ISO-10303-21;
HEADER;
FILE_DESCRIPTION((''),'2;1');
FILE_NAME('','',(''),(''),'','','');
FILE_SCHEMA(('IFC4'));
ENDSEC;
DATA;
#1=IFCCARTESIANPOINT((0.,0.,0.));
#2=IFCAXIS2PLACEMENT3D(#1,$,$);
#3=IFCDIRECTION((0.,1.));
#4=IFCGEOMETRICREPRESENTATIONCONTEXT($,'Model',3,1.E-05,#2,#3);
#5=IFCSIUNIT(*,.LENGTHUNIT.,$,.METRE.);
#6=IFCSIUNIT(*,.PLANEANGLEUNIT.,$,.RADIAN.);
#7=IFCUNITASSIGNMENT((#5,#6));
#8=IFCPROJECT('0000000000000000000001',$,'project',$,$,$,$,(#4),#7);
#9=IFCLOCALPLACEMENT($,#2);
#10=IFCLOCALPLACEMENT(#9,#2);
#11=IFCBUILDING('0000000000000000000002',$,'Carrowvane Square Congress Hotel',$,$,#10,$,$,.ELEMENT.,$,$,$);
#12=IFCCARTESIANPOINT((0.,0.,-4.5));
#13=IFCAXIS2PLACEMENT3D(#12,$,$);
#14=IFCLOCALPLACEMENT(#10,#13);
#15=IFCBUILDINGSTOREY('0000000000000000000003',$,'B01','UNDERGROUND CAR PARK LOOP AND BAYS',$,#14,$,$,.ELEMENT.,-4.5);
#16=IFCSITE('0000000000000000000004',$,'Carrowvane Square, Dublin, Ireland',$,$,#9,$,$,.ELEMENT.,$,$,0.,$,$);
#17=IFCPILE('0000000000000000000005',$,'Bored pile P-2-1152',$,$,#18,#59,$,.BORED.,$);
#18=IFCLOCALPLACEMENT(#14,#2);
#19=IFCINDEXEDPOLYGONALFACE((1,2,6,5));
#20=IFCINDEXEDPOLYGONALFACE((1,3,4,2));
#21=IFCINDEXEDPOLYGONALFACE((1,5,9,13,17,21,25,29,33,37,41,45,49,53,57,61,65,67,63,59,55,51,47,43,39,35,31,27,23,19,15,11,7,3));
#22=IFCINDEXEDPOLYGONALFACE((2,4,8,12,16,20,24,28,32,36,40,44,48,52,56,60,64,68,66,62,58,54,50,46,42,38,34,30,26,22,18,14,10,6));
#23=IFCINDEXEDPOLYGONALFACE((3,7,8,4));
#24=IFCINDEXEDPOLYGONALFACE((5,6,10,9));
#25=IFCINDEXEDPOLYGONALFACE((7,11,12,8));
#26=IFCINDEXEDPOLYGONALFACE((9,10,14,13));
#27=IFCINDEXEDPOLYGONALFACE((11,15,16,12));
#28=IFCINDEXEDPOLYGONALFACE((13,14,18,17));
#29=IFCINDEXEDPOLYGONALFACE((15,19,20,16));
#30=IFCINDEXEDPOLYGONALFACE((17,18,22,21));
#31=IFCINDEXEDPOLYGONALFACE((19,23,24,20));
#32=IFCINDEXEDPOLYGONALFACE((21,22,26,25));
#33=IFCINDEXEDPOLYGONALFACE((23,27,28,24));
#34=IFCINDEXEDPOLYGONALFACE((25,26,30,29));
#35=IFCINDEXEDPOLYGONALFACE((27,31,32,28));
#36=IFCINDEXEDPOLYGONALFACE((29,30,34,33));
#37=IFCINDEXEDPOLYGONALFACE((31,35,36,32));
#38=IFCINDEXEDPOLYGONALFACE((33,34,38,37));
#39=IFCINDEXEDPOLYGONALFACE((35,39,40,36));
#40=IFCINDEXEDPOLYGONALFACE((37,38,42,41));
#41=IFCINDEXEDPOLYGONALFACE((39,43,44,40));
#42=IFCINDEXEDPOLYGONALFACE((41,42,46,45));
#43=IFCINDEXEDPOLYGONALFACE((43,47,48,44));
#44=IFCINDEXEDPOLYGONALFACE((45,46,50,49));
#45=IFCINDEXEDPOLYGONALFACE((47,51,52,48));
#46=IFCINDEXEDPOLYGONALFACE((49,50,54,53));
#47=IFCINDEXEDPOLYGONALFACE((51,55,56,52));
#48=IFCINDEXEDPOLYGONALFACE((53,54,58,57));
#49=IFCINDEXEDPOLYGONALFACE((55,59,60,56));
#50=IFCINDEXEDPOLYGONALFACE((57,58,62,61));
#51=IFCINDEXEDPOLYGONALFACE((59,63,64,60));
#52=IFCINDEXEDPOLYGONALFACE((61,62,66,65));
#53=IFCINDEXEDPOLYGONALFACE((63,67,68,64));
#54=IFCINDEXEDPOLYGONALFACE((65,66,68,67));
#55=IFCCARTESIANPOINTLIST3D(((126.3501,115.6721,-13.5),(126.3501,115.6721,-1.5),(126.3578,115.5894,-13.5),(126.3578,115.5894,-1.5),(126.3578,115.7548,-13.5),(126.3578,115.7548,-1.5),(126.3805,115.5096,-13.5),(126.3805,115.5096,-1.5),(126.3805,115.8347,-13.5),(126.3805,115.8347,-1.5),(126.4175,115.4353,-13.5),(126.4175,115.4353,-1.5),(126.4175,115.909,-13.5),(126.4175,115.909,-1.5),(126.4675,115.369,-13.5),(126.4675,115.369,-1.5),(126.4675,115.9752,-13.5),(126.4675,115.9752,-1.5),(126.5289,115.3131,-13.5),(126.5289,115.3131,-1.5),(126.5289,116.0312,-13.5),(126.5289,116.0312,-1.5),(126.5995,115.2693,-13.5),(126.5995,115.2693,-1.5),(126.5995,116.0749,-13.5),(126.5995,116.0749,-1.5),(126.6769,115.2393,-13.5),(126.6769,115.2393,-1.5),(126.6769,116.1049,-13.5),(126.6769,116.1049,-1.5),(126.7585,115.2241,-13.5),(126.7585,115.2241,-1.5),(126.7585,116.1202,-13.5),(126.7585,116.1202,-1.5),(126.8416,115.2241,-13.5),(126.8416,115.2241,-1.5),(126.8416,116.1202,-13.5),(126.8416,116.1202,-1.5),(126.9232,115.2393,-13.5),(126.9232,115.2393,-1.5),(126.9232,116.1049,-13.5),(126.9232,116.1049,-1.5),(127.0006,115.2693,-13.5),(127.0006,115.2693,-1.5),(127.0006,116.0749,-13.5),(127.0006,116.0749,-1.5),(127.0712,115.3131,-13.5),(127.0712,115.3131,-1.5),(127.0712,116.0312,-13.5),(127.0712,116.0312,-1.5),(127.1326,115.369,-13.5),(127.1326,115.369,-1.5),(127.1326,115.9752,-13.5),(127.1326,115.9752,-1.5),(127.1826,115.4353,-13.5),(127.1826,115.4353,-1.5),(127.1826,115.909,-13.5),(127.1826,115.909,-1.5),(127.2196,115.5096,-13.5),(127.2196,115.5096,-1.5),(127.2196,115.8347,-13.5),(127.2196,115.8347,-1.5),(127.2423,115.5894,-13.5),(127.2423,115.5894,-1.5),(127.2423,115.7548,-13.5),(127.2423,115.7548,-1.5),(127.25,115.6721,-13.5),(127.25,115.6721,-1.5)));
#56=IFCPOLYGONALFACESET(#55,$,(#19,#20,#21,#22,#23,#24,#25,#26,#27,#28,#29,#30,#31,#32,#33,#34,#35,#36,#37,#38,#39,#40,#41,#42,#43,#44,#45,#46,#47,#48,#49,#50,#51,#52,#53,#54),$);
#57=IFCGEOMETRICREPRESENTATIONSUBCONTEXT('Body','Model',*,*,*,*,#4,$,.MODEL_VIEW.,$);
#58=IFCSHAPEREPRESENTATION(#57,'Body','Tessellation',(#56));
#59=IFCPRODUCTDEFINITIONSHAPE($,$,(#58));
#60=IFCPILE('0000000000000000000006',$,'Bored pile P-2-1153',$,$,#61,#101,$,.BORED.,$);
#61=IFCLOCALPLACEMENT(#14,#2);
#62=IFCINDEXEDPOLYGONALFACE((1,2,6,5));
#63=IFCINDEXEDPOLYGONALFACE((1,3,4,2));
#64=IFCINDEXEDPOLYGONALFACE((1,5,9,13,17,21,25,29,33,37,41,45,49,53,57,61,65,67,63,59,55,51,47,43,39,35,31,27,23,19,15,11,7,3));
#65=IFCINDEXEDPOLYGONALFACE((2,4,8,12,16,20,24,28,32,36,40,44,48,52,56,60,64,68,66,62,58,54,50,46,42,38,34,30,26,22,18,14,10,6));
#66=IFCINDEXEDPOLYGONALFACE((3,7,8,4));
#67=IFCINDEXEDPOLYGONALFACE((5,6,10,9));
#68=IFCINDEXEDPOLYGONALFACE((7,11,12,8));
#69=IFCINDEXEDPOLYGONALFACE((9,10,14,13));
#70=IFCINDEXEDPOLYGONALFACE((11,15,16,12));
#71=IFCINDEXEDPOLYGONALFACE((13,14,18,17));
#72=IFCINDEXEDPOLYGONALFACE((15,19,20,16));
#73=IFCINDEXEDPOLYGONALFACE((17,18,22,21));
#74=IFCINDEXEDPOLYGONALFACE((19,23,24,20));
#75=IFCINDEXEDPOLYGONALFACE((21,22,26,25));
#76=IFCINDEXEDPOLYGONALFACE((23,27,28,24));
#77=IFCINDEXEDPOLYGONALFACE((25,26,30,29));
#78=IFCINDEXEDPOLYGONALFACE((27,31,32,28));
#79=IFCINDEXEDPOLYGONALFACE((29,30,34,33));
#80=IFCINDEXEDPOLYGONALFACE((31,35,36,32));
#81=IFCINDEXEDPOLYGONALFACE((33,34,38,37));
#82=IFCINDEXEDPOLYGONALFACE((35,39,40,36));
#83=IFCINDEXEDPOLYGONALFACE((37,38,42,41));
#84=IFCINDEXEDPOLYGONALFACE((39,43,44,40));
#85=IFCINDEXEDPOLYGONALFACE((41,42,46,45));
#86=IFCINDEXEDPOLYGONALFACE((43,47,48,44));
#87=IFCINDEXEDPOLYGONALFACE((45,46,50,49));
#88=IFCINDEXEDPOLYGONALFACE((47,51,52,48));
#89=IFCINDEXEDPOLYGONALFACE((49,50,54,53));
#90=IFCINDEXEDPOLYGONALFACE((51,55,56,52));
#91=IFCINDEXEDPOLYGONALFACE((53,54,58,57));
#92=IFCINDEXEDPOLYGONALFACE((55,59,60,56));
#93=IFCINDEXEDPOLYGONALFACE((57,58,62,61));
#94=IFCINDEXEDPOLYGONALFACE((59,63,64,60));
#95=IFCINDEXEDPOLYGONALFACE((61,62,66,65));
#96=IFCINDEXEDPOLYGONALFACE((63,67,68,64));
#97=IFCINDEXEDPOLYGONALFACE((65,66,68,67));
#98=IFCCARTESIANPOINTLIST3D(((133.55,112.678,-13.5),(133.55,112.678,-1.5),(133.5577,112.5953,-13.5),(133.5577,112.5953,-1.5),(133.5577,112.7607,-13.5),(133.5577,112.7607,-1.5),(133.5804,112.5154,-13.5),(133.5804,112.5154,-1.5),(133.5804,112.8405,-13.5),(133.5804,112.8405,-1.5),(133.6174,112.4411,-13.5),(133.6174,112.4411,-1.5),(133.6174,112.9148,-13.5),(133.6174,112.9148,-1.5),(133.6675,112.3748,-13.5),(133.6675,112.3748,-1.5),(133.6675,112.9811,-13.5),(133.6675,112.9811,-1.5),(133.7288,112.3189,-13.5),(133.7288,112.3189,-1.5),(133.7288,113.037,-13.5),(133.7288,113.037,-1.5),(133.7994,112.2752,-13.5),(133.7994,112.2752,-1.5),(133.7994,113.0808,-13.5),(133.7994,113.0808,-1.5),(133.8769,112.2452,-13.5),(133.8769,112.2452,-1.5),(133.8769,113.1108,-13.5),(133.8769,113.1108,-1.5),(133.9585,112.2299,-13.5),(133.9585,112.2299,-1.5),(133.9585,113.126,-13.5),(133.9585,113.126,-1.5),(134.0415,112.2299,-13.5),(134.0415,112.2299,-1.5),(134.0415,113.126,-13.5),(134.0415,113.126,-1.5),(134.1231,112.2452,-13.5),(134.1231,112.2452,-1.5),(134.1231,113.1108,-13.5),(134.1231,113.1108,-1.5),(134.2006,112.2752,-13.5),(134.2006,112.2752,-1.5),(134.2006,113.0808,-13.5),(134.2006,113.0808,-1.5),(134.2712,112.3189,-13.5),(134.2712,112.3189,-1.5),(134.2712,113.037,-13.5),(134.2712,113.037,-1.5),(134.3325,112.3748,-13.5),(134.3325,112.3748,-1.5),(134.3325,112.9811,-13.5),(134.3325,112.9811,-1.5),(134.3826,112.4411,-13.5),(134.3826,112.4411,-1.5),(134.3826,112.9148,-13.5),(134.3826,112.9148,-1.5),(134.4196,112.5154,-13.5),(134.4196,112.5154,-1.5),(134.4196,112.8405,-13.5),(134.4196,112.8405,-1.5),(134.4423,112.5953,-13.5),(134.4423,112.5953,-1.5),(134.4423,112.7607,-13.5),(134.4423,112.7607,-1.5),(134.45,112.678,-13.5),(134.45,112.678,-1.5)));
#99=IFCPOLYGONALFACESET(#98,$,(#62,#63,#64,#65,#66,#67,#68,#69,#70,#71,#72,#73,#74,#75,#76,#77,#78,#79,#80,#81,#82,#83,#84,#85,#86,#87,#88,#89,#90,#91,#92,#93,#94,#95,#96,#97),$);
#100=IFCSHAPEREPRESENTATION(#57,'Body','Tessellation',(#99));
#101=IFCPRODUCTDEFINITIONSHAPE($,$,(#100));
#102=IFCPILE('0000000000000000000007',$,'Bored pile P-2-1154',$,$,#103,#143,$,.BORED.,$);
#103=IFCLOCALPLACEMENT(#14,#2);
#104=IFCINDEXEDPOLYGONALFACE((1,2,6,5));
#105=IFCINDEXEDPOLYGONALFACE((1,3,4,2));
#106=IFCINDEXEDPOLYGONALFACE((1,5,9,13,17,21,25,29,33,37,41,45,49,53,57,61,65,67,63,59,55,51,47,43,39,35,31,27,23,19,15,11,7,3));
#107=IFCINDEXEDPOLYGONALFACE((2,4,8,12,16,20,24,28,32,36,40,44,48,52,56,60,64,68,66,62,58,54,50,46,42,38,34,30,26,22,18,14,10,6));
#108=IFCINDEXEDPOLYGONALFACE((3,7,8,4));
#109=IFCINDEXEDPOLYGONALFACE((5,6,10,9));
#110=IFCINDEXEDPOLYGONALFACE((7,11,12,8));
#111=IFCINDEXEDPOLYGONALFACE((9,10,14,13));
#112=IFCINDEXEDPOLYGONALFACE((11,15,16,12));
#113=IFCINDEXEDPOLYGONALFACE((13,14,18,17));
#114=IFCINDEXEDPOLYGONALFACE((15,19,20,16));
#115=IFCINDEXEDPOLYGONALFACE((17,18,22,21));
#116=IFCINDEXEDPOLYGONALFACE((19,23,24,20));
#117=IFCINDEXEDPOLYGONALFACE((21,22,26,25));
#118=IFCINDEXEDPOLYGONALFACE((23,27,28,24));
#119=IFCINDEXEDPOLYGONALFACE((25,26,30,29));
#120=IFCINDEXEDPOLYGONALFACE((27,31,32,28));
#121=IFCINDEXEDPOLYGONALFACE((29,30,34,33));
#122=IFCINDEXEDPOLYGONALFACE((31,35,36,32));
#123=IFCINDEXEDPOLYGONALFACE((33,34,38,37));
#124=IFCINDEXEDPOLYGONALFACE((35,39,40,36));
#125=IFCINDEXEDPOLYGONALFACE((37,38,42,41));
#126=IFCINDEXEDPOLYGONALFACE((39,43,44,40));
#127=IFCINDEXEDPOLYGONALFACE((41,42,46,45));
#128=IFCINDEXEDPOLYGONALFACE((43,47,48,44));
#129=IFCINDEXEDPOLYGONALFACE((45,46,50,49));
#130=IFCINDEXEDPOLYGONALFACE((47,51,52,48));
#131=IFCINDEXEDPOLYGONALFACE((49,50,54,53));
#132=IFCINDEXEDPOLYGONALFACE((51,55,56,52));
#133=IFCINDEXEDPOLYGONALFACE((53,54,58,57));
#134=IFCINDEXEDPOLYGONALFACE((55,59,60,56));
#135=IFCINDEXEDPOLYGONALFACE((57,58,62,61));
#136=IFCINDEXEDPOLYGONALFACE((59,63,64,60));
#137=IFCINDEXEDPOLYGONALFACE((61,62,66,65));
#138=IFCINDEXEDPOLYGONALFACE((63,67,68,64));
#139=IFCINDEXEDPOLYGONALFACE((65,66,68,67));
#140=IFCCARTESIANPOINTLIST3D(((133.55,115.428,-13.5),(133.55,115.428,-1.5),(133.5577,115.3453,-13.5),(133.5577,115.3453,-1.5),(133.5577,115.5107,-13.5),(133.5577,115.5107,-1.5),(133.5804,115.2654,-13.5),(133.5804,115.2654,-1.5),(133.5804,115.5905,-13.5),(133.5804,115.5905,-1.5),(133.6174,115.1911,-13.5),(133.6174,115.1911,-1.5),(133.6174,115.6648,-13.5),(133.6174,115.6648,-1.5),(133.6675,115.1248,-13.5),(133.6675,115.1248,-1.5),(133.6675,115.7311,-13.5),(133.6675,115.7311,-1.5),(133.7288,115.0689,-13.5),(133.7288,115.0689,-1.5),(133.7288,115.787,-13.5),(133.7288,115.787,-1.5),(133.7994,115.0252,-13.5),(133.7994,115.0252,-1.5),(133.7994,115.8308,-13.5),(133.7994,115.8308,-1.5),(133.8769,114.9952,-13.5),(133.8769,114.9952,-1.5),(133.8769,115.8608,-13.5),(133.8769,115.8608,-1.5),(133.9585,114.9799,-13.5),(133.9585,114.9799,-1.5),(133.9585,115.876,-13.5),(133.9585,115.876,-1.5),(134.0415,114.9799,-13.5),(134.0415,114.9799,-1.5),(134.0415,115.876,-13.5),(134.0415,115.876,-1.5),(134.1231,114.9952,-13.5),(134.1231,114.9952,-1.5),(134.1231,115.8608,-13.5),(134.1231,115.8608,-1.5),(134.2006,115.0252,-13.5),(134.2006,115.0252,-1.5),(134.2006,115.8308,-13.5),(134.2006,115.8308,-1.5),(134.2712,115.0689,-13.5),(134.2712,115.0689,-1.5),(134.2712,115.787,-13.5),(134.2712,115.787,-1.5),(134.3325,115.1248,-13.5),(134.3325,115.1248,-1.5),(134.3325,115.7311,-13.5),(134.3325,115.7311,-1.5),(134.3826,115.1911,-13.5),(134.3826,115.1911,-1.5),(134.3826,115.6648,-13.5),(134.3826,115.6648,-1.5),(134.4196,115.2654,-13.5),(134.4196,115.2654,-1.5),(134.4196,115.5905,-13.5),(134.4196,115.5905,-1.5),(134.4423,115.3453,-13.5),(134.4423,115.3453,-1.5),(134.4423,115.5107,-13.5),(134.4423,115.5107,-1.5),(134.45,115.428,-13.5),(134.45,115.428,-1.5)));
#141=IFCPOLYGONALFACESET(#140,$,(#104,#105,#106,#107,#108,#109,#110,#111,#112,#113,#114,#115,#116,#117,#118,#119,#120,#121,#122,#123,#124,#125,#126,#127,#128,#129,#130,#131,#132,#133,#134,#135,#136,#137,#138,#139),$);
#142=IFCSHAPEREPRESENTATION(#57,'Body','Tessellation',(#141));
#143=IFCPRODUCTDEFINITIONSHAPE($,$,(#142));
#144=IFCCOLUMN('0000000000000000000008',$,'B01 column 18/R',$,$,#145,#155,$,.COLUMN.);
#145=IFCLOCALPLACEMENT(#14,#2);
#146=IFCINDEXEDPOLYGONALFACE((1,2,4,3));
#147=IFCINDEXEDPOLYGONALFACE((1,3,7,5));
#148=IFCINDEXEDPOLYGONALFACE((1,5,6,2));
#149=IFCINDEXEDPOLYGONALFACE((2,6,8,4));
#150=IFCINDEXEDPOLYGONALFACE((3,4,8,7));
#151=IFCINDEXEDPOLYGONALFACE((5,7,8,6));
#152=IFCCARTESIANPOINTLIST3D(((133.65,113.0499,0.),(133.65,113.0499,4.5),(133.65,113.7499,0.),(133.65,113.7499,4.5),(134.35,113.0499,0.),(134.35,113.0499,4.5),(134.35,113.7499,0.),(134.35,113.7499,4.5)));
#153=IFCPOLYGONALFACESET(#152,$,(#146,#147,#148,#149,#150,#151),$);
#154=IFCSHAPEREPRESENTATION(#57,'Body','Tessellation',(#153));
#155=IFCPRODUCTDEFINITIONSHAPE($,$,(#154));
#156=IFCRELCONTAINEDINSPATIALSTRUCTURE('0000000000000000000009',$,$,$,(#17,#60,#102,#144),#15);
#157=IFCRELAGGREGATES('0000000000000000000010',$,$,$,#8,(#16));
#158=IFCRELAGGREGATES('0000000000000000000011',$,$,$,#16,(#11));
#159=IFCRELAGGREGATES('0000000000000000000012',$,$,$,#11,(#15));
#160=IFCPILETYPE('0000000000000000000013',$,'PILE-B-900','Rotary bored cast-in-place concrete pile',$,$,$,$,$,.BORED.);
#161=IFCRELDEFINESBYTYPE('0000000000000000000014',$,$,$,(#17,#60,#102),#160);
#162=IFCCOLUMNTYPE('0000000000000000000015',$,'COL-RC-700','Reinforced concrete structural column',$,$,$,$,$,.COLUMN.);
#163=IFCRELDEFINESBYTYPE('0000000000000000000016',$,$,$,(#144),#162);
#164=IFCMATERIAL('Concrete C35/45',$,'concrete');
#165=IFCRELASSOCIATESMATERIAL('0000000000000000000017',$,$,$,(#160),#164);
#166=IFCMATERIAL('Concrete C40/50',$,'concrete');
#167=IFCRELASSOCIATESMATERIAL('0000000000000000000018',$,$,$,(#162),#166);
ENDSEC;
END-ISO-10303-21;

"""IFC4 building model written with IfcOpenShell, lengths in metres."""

from ifc_helpers import new_model, si_unit, direction, frame, origin, origin_2d, place, context, subcontext, project, spatial, rectangle, circle, extrude, material, material_profile, profile_set, type_object, element, save


model = new_model("IFC4")

# Units and contexts
model_context = context("Model", 3, precision=1e-05, world=origin(), true_north=direction((0.0, 1.0)))
body_context = subcontext(model_context, "Body", "Model", "MODEL_VIEW")
ifc_project = project(units=[si_unit("LENGTHUNIT", "METRE"), si_unit("PLANEANGLEUNIT", "RADIAN")], contexts=[model_context])

# Site, building, storey
site_placement = place(None, origin())
site = spatial("IfcSite", under=ifc_project, at=site_placement, Name="Carrowvane Square, Dublin, Ireland", CompositionType="ELEMENT", RefElevation=0.0)
building_placement = place(site_placement, origin())
building = spatial("IfcBuilding", under=site, at=building_placement, Name="Carrowvane Square Congress Hotel", CompositionType="ELEMENT")
storey_placement = place(building_placement, frame((0.0, 0.0, -4.5)))
storey = spatial("IfcBuildingStorey", under=building, at=storey_placement, Name="B01", Description="UNDERGROUND CAR PARK LOOP AND BAYS", CompositionType="ELEMENT", Elevation=-4.5)

# Piles
ifc_material_1 = material(Name="Concrete C35/45", Category="concrete")
ifc_material_profile_1 = material_profile(ifc_material_1, circle(Radius=0.45, at=origin_2d()), Name="PILE D900")
ifc_profile_set_1 = profile_set([ifc_material_profile_1], Name="Concrete C35/45")
pile_type_1 = type_object("IfcPileType", Name="PILE-B-900", Description="Rotary bored cast-in-place concrete pile", PredefinedType="BORED", material=ifc_profile_set_1)
for number, where, z_axis, x_axis, name in (
    (1, (126.8, 115.6721, -1.5), (0.0, 0.0, -1.0), (1.0, 0.0, 0.0), "Bored pile P-2-1152"),
    (2, (134.0, 112.678, -1.5), (0.0, 0.0, -1.0), (1.0, 0.0, 0.0), "Bored pile P-2-1153"),
    (3, (134.0, 115.428, -1.5), (0.0, 0.0, -1.0), (1.0, 0.0, 0.0), "Bored pile P-2-1154"),
):
    element("IfcPile", number, at=place(storey_placement, frame(where, z_axis=z_axis, x_axis=x_axis)), inside=storey, type_object=pile_type_1, Name=name, PredefinedType="BORED", context=body_context, shape_type="SweptSolid", body=[
        extrude(circle(Radius=0.45, at=origin_2d()), origin(), (0.0, 0.0, 1.0), 12.0),
    ])

# Column
ifc_material_2 = material(Name="Concrete C40/50", Category="concrete")
ifc_material_profile_2 = material_profile(ifc_material_2, rectangle(XDim=0.7, YDim=0.7, at=origin_2d()), Name="RC 700x700")
ifc_profile_set_2 = profile_set([ifc_material_profile_2], Name="Concrete C40/50")
column_type_1 = type_object("IfcColumnType", Name="COL-RC-700", Description="Reinforced concrete structural column", PredefinedType="COLUMN", material=ifc_profile_set_2)
column_1_placement = place(storey_placement, frame((134.0, 113.3999, 0.0), z_axis=(0.0, 0.0, 1.0), x_axis=(1.0, 0.0, 0.0)))
element("IfcColumn", 4, at=column_1_placement, inside=storey, type_object=column_type_1, Name="B01 column 18/R", PredefinedType="COLUMN", context=body_context, shape_type="SweptSolid", body=[
    extrude(rectangle(XDim=0.7, YDim=0.7, at=origin_2d()), origin(), (0.0, 0.0, 1.0), 4.5),
])

save(model, "model.ifc")
